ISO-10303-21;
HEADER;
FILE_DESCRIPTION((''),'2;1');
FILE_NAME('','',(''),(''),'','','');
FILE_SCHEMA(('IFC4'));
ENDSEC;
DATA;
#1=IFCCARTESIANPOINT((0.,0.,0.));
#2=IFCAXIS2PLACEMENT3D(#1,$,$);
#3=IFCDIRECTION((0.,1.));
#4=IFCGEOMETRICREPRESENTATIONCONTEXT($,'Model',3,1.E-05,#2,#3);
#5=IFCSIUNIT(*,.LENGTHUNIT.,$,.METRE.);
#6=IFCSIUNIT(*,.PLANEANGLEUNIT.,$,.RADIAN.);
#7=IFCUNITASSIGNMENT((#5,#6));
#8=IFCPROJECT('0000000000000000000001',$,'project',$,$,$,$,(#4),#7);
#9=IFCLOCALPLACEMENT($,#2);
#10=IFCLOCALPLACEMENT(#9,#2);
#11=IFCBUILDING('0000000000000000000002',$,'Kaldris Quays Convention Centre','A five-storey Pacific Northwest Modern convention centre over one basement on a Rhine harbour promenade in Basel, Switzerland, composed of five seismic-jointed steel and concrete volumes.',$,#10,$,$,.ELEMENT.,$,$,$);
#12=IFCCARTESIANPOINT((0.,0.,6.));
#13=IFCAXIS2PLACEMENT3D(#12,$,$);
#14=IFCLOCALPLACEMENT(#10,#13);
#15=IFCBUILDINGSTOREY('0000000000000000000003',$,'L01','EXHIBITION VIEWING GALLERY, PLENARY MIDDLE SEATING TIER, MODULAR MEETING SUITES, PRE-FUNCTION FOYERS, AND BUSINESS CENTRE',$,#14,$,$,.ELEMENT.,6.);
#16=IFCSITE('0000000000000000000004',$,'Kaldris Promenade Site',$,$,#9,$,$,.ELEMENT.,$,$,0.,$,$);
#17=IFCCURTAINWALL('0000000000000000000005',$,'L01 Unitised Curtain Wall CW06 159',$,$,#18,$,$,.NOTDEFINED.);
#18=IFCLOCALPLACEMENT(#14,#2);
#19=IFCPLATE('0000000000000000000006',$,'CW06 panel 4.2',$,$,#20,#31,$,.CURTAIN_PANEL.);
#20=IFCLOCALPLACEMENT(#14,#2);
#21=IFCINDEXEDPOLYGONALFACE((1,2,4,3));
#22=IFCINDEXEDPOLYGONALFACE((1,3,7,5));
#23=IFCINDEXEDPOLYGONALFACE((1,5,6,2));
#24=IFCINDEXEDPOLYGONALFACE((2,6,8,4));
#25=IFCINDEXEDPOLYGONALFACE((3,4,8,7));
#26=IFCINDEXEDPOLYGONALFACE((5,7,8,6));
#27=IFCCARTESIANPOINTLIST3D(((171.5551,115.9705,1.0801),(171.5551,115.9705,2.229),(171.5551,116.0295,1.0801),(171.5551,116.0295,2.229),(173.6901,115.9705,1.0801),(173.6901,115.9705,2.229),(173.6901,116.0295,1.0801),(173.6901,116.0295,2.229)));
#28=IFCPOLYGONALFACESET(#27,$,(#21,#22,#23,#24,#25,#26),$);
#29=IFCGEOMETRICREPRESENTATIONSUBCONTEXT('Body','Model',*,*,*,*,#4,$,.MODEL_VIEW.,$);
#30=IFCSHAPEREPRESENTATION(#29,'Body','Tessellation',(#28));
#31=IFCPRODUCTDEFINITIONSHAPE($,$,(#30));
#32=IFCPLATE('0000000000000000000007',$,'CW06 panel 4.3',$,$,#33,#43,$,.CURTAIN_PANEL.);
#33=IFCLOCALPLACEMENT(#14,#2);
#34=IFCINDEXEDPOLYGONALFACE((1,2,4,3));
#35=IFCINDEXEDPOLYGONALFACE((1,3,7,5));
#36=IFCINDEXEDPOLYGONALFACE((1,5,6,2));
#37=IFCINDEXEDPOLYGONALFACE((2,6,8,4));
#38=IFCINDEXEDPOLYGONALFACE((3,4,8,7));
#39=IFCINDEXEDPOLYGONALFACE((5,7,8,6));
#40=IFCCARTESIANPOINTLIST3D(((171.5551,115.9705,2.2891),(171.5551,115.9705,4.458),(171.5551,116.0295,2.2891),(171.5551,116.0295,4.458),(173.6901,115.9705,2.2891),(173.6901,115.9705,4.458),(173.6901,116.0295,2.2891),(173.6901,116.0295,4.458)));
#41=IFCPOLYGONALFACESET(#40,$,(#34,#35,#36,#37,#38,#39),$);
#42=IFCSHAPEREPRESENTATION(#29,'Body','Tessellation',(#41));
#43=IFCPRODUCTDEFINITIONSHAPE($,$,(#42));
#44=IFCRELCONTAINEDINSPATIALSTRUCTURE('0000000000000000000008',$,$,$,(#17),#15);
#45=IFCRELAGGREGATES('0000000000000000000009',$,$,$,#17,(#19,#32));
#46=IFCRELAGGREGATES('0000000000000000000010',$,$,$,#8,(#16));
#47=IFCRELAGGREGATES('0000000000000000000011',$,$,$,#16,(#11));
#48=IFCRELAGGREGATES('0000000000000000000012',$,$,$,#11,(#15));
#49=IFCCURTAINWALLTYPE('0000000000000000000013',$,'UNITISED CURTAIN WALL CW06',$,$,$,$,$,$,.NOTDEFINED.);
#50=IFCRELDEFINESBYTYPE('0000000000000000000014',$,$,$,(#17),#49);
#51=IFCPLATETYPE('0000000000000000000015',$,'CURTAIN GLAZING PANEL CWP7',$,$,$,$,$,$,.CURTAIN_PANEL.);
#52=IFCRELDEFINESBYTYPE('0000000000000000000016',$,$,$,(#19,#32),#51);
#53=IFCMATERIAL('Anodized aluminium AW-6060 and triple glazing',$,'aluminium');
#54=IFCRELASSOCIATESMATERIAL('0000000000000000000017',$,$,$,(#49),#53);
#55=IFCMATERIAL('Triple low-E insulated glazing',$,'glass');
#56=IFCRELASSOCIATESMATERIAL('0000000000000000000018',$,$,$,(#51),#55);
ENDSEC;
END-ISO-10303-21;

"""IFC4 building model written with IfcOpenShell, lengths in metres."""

from ifc_helpers import new_model, si_unit, direction, frame, origin, origin_2d, place, context, subcontext, project, spatial, rectangle, extrude, material, type_object, element, aggregate, save


model = new_model("IFC4")

# Units and contexts
model_context = context("Model", 3, precision=1e-05, world=origin(), true_north=direction((0.0, 1.0)))
body_context = subcontext(model_context, "Body", "Model", "MODEL_VIEW")
ifc_project = project(units=[si_unit("LENGTHUNIT", "METRE"), si_unit("PLANEANGLEUNIT", "RADIAN")], contexts=[model_context])

# Site, building, storey
site_placement = place(None, origin())
site = spatial("IfcSite", under=ifc_project, at=site_placement, Name="Kaldris Promenade Site", CompositionType="ELEMENT", RefElevation=0.0)
building_placement = place(site_placement, origin())
building = spatial("IfcBuilding", under=site, at=building_placement, Name="Kaldris Quays Convention Centre", Description="A five-storey Pacific Northwest Modern convention centre over one basement on a Rhine harbour promenade in Basel, Switzerland, composed of five seismic-jointed steel and concrete volumes.", CompositionType="ELEMENT")
storey_placement = place(building_placement, frame((0.0, 0.0, 6.0)))
storey = spatial("IfcBuildingStorey", under=building, at=storey_placement, Name="L01", Description="EXHIBITION VIEWING GALLERY, PLENARY MIDDLE SEATING TIER, MODULAR MEETING SUITES, PRE-FUNCTION FOYERS, AND BUSINESS CENTRE", CompositionType="ELEMENT", Elevation=6.0)

# Curtain wall
ifc_material_1 = material(Name="Anodized aluminium AW-6060 and triple glazing", Category="aluminium")
curtain_wall_type = type_object("IfcCurtainWallType", Name="UNITISED CURTAIN WALL CW06", PredefinedType="NOTDEFINED", material=ifc_material_1)
curtain_wall_1_placement = place(storey_placement, origin())
curtain_wall_1 = element("IfcCurtainWall", 1, at=curtain_wall_1_placement, inside=storey, type_object=curtain_wall_type, Name="L01 Unitised Curtain Wall CW06 159", PredefinedType="NOTDEFINED")

# Plates
ifc_material_2 = material(Name="Triple low-E insulated glazing", Category="glass")
plate_type_1 = type_object("IfcPlateType", Name="CURTAIN GLAZING PANEL CWP7", PredefinedType="CURTAIN_PANEL", material=ifc_material_2)
plate_1_placement = place(storey_placement, frame((172.6226, 116.0, 1.0801), z_axis=(0.0, 0.0, 1.0), x_axis=(1.0, 0.0, 0.0)))
plate_1 = element("IfcPlate", 2, at=plate_1_placement, type_object=plate_type_1, Name="CW06 panel 4.2", PredefinedType="CURTAIN_PANEL", context=body_context, shape_type="SweptSolid", body=[
    extrude(rectangle(XDim=2.135, YDim=0.0591, at=origin_2d()), origin(), (0.0, 0.0, 1.0), 1.1489),
])
plate_2_placement = place(storey_placement, frame((172.6226, 116.0, 2.2891), z_axis=(0.0, 0.0, 1.0), x_axis=(1.0, 0.0, 0.0)))
plate_2 = element("IfcPlate", 3, at=plate_2_placement, type_object=plate_type_1, Name="CW06 panel 4.3", PredefinedType="CURTAIN_PANEL", context=body_context, shape_type="SweptSolid", body=[
    extrude(rectangle(XDim=2.135, YDim=0.0591, at=origin_2d()), origin(), (0.0, 0.0, 1.0), 2.1689),
])
aggregate(curtain_wall_1, [plate_1, plate_2])

save(model, "model.ifc")
